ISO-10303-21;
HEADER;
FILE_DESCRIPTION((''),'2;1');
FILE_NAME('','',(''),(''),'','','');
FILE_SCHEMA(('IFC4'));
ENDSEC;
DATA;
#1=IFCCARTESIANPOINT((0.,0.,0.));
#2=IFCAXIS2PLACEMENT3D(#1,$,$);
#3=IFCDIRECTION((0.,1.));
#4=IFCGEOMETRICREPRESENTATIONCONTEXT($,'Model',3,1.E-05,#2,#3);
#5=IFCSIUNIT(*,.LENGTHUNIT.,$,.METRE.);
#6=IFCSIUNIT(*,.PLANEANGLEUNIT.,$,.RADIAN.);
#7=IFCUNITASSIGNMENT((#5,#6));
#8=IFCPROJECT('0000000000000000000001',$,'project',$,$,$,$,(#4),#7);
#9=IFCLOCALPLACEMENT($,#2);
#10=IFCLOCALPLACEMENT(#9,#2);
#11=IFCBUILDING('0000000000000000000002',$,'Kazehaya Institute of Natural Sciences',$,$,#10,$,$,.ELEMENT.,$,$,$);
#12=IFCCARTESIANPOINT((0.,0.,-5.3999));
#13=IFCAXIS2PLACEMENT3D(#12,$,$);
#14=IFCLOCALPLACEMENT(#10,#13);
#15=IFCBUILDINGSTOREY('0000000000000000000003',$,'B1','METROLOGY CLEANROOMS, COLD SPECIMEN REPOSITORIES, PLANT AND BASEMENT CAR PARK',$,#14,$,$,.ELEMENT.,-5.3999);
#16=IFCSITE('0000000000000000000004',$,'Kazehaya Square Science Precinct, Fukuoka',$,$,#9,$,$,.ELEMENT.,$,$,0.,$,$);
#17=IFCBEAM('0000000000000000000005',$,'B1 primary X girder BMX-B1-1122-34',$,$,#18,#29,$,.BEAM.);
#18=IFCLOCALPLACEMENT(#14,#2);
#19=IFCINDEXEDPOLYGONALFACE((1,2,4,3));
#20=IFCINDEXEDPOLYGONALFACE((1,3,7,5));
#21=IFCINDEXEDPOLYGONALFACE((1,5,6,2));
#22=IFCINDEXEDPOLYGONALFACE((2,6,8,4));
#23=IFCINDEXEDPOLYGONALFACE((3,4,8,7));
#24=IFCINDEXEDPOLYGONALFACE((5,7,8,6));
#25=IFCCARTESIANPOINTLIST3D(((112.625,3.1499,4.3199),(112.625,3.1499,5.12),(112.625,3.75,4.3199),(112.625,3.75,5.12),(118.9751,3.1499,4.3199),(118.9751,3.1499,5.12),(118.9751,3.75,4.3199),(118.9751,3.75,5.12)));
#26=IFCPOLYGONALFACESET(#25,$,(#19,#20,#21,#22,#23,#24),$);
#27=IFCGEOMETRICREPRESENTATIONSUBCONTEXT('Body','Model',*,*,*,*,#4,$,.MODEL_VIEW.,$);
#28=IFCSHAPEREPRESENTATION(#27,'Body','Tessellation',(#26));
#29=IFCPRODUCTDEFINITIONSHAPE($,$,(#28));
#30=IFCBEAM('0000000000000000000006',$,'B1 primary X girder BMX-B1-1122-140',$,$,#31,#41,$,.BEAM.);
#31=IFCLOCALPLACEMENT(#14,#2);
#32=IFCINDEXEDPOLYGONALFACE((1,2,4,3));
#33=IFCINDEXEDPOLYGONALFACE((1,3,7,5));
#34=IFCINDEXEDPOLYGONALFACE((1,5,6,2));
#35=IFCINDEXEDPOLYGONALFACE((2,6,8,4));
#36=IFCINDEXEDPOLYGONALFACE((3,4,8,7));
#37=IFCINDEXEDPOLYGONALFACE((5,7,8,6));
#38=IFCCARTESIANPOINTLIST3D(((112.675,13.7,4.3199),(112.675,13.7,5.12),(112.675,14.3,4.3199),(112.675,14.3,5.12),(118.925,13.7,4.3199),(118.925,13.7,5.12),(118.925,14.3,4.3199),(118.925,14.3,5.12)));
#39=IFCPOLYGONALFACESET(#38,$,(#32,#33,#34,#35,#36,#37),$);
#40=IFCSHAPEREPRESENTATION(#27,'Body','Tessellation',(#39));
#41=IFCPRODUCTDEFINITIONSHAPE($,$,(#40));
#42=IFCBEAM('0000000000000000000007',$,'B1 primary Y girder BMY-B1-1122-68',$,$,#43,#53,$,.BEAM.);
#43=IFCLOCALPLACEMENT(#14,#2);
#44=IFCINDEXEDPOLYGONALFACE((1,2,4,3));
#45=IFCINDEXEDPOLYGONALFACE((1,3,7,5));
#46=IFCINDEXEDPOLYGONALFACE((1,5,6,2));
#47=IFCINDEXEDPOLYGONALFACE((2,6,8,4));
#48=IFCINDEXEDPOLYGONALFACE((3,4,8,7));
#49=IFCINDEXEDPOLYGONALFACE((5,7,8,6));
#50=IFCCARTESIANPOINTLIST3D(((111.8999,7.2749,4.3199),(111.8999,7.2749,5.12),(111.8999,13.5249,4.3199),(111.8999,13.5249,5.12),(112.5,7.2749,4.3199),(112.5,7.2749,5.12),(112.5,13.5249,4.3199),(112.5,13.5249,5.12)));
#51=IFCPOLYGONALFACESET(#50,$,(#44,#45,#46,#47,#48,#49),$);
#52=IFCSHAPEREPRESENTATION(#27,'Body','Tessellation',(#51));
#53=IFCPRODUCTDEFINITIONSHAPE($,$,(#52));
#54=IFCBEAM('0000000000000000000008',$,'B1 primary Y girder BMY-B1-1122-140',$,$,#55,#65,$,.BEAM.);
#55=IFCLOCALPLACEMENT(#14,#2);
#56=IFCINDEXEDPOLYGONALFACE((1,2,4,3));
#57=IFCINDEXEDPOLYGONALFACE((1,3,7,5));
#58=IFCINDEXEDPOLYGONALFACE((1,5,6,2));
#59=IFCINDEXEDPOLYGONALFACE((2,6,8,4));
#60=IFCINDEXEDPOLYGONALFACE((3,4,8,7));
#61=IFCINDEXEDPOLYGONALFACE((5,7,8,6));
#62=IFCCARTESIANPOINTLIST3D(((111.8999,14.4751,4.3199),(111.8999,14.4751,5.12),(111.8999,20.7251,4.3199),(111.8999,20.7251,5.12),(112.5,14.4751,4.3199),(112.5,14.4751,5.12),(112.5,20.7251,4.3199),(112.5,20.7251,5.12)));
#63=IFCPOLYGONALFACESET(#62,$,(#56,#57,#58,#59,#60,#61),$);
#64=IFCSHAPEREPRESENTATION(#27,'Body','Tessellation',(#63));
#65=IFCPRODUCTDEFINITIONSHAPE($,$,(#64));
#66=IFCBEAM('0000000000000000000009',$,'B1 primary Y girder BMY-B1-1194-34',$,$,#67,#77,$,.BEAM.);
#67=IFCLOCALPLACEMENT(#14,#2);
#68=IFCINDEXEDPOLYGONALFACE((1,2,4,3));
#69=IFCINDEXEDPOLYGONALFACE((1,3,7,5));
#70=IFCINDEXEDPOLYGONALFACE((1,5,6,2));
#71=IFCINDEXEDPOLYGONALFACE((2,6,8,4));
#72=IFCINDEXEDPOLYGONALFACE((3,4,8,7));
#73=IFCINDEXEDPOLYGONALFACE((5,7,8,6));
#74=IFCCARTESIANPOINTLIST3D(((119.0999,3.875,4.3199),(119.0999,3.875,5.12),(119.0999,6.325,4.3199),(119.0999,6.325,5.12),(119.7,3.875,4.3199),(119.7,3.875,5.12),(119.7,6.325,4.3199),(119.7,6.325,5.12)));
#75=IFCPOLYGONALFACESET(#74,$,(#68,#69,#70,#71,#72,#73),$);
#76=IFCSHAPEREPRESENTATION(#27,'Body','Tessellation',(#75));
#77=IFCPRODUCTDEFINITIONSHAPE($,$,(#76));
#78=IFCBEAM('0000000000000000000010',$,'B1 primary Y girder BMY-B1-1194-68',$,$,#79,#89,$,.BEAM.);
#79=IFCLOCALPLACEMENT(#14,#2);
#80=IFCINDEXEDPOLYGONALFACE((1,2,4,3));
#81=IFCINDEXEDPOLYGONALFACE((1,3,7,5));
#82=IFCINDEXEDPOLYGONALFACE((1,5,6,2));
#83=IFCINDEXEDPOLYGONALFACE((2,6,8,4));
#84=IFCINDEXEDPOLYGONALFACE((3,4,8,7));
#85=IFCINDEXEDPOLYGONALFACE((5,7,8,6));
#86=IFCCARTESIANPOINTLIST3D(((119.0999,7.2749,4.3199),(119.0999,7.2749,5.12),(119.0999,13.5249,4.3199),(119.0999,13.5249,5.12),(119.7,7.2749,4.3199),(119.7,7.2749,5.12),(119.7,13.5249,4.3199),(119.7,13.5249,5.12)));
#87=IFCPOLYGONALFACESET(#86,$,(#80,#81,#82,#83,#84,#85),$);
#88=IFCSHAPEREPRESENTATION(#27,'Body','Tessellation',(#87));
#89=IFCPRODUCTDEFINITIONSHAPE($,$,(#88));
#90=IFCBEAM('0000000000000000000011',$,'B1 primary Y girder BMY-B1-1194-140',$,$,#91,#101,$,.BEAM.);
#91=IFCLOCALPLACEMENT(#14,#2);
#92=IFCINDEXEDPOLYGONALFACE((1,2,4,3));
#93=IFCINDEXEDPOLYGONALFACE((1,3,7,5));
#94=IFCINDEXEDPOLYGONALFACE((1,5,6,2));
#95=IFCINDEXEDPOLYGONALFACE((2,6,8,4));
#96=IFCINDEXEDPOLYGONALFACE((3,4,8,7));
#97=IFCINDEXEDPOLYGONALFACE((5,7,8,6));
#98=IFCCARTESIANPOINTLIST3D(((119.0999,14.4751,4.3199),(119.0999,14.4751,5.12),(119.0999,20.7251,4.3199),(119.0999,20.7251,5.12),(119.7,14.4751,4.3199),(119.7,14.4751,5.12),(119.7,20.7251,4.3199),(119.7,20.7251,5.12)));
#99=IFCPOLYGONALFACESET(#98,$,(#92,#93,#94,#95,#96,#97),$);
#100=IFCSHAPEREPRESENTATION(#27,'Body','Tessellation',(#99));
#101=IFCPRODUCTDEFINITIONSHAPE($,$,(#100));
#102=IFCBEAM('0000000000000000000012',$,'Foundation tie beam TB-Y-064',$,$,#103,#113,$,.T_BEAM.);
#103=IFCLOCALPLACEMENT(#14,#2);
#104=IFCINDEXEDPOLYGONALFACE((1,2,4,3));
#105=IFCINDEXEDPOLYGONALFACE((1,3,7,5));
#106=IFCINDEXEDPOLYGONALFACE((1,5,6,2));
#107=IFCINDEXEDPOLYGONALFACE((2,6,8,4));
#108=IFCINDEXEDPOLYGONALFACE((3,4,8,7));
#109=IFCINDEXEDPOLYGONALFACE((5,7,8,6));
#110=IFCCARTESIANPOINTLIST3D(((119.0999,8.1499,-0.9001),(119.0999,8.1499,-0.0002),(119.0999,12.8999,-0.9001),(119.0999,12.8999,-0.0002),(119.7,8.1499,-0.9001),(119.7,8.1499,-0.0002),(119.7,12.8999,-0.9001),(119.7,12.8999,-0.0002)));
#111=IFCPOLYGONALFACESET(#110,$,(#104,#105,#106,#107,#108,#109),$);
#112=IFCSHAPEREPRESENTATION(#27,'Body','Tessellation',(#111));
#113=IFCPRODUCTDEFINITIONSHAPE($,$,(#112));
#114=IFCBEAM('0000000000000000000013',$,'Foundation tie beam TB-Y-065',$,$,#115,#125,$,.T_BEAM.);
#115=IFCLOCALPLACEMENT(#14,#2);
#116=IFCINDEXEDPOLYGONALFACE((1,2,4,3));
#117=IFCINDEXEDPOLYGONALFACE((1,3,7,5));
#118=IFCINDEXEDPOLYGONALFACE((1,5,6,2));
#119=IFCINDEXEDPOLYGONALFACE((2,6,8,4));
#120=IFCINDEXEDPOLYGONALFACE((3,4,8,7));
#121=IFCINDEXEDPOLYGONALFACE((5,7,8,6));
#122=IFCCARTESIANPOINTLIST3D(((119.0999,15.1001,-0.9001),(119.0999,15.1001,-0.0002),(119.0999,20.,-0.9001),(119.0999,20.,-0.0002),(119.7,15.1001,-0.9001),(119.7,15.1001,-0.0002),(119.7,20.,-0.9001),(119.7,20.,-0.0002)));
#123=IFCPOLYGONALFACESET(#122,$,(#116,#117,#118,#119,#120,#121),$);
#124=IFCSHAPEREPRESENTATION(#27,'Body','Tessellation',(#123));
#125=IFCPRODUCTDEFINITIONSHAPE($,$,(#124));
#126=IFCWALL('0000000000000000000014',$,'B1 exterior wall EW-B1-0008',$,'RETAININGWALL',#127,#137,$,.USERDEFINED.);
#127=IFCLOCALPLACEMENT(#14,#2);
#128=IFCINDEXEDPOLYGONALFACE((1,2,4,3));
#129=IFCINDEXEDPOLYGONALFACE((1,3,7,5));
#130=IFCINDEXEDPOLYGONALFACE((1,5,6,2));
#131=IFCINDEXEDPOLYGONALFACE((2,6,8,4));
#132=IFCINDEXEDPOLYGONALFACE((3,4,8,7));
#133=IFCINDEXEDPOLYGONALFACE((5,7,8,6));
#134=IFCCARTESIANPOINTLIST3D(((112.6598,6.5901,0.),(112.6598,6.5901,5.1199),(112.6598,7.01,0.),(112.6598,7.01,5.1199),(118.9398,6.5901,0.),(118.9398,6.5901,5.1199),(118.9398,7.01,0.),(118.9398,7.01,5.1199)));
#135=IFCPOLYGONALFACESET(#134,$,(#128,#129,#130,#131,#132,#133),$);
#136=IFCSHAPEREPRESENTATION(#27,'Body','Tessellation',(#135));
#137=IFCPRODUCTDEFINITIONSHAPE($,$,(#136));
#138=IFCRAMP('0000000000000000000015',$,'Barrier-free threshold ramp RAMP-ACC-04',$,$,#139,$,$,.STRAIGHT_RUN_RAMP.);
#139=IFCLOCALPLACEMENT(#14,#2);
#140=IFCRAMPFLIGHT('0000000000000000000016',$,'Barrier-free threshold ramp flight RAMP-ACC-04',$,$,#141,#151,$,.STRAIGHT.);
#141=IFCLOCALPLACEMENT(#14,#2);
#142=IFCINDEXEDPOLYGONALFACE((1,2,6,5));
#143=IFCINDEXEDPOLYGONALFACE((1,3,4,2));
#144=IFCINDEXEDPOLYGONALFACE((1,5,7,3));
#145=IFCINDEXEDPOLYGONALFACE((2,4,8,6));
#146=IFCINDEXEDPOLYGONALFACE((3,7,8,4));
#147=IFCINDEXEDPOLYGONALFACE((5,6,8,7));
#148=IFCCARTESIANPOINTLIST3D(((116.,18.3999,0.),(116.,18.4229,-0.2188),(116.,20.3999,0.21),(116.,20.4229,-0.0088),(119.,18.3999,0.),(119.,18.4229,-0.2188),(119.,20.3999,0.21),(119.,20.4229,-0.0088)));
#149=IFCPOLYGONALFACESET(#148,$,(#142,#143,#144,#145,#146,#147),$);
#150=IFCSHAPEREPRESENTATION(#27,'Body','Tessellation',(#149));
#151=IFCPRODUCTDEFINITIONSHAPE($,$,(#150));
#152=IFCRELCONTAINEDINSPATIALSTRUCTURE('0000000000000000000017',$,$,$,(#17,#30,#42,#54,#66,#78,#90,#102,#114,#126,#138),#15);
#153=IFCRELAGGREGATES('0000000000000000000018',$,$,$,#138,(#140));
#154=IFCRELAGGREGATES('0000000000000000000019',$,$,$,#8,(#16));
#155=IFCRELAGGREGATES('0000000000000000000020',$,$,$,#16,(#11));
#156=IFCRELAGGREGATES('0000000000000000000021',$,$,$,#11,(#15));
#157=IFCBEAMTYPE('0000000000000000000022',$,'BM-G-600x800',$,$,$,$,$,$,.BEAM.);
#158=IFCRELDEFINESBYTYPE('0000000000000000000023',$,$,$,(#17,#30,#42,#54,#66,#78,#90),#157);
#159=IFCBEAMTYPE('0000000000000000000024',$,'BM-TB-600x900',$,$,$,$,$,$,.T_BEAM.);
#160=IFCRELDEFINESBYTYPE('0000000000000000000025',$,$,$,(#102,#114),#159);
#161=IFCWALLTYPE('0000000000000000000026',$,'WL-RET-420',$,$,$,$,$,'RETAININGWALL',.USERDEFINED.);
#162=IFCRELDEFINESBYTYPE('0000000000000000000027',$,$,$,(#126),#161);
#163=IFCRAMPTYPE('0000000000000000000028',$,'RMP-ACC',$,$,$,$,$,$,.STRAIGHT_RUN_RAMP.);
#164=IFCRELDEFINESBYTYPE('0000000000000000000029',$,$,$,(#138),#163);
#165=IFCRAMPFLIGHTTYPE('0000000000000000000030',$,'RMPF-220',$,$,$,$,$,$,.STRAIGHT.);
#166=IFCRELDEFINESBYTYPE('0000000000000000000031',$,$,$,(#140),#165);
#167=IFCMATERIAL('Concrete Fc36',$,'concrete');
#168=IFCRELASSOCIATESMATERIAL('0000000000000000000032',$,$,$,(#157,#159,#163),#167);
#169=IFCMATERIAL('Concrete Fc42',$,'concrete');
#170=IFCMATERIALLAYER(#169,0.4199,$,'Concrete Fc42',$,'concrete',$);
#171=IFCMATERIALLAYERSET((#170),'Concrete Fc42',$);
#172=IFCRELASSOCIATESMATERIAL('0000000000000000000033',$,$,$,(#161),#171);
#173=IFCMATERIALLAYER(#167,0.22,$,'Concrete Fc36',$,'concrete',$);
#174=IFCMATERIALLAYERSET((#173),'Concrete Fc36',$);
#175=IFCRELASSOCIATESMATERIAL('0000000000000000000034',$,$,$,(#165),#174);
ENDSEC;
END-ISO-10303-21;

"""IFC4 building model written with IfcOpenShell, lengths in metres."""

from ifc_helpers import new_model, si_unit, direction, frame, frame_2d, origin, origin_2d, place, context, subcontext, project, spatial, polyline, rectangle, outline, extrude, material, layer, layer_set, material_profile, profile_set, type_object, element, aggregate, save


model = new_model("IFC4")

# Units and contexts
model_context = context("Model", 3, precision=1e-05, world=origin(), true_north=direction((0.0, 1.0)))
body_context = subcontext(model_context, "Body", "Model", "MODEL_VIEW")
ifc_project = project(units=[si_unit("LENGTHUNIT", "METRE"), si_unit("PLANEANGLEUNIT", "RADIAN")], contexts=[model_context])

# Site, building, storey
site_placement = place(None, origin())
site = spatial("IfcSite", under=ifc_project, at=site_placement, Name="Kazehaya Square Science Precinct, Fukuoka", CompositionType="ELEMENT", RefElevation=0.0)
building_placement = place(site_placement, origin())
building = spatial("IfcBuilding", under=site, at=building_placement, Name="Kazehaya Institute of Natural Sciences", CompositionType="ELEMENT")
storey_placement = place(building_placement, frame((0.0, 0.0, -5.3999)))
storey = spatial("IfcBuildingStorey", under=building, at=storey_placement, Name="B1", Description="METROLOGY CLEANROOMS, COLD SPECIMEN REPOSITORIES, PLANT AND BASEMENT CAR PARK", CompositionType="ELEMENT", Elevation=-5.3999)

# Shared definitions
ifc_material_1 = material(Name="Concrete Fc36", Category="concrete")

# Shared definitions
ifc_material_2 = material(Name="Concrete Fc42", Category="concrete")

# Beams
ifc_material_profile_1 = material_profile(ifc_material_1, rectangle(XDim=0.6001, YDim=0.8, at=origin_2d()), Name="RC-600x800")
ifc_profile_set_1 = profile_set([ifc_material_profile_1], Name="Concrete Fc36")
beam_type_1 = type_object("IfcBeamType", Name="BM-G-600x800", PredefinedType="BEAM", material=ifc_profile_set_1)
beam_1_placement = place(storey_placement, frame((112.625, 3.45, 4.72), z_axis=(1.0, 0.0, 0.0), x_axis=(0.0, 1.0, 0.0)))
element("IfcBeam", 1, at=beam_1_placement, inside=storey, type_object=beam_type_1, Name="B1 primary X girder BMX-B1-1122-34", PredefinedType="BEAM", context=body_context, shape_type="SweptSolid", body=[
    extrude(rectangle(XDim=0.6001, YDim=0.8, at=origin_2d()), origin(), (0.0, 0.0, 1.0), 6.3501),
])
for number, where, z_axis, x_axis, name in (
    (2, (112.675, 14.0, 4.72), (1.0, 0.0, 0.0), (0.0, 1.0, 0.0), "B1 primary X girder BMX-B1-1122-140"),
    (3, (112.2, 7.2749, 4.72), (0.0, 1.0, 0.0), (-1.0, 0.0, 0.0), "B1 primary Y girder BMY-B1-1122-68"),
    (4, (112.2, 14.4751, 4.72), (0.0, 1.0, 0.0), (-1.0, 0.0, 0.0), "B1 primary Y girder BMY-B1-1122-140"),
):
    element("IfcBeam", number, at=place(storey_placement, frame(where, z_axis=z_axis, x_axis=x_axis)), inside=storey, type_object=beam_type_1, Name=name, PredefinedType="BEAM", context=body_context, shape_type="SweptSolid", body=[
        extrude(rectangle(XDim=0.6001, YDim=0.8, at=origin_2d()), origin(), (0.0, 0.0, 1.0), 6.25),
    ])
beam_2_placement = place(storey_placement, frame((119.3999, 3.875, 4.72), z_axis=(0.0, 1.0, 0.0), x_axis=(-1.0, 0.0, 0.0)))
element("IfcBeam", 5, at=beam_2_placement, inside=storey, type_object=beam_type_1, Name="B1 primary Y girder BMY-B1-1194-34", PredefinedType="BEAM", context=body_context, shape_type="SweptSolid", body=[
    extrude(rectangle(XDim=0.6001, YDim=0.8, at=origin_2d()), origin(), (0.0, 0.0, 1.0), 2.45),
])
for number, where, z_axis, x_axis, name in (
    (6, (119.3999, 7.2749, 4.72), (0.0, 1.0, 0.0), (-1.0, 0.0, 0.0), "B1 primary Y girder BMY-B1-1194-68"),
    (7, (119.3999, 14.4751, 4.72), (0.0, 1.0, 0.0), (-1.0, 0.0, 0.0), "B1 primary Y girder BMY-B1-1194-140"),
):
    element("IfcBeam", number, at=place(storey_placement, frame(where, z_axis=z_axis, x_axis=x_axis)), inside=storey, type_object=beam_type_1, Name=name, PredefinedType="BEAM", context=body_context, shape_type="SweptSolid", body=[
        extrude(rectangle(XDim=0.6001, YDim=0.8, at=origin_2d()), origin(), (0.0, 0.0, 1.0), 6.25),
    ])
ifc_material_profile_2 = material_profile(ifc_material_1, rectangle(XDim=0.6001, YDim=0.8999, at=origin_2d()), Name="RC-600x900")
ifc_profile_set_2 = profile_set([ifc_material_profile_2], Name="Concrete Fc36")
beam_type_2 = type_object("IfcBeamType", Name="BM-TB-600x900", PredefinedType="T_BEAM", material=ifc_profile_set_2)
beam_3_placement = place(storey_placement, frame((119.3999, 8.1499, -0.4502), z_axis=(0.0, 1.0, 0.0), x_axis=(-1.0, 0.0, 0.0)))
element("IfcBeam", 8, at=beam_3_placement, inside=storey, type_object=beam_type_2, Name="Foundation tie beam TB-Y-064", PredefinedType="T_BEAM", context=body_context, shape_type="SweptSolid", body=[
    extrude(rectangle(XDim=0.6001, YDim=0.8999, at=origin_2d()), origin(), (0.0, 0.0, 1.0), 4.75),
])
beam_4_placement = place(storey_placement, frame((119.3999, 15.1001, -0.4502), z_axis=(0.0, 1.0, 0.0), x_axis=(-1.0, 0.0, 0.0)))
element("IfcBeam", 9, at=beam_4_placement, inside=storey, type_object=beam_type_2, Name="Foundation tie beam TB-Y-065", PredefinedType="T_BEAM", context=body_context, shape_type="SweptSolid", body=[
    extrude(rectangle(XDim=0.6001, YDim=0.8999, at=origin_2d()), origin(), (0.0, 0.0, 1.0), 4.8999),
])

# Wall
ifc_layer_1 = layer(ifc_material_2, 0.4199, Name="Concrete Fc42", Category="concrete")
ifc_layer_set_1 = layer_set([ifc_layer_1], Name="Concrete Fc42")
wall_type = type_object("IfcWallType", Name="WL-RET-420", ElementType="RETAININGWALL", PredefinedType="USERDEFINED", material=ifc_layer_set_1)
wall_placement = place(storey_placement, frame((118.9399, 6.8, 0.0), z_axis=(0.0, 0.0, 1.0), x_axis=(-1.0, 0.0, 0.0)))
element("IfcWall", 10, at=wall_placement, inside=storey, type_object=wall_type, Name="B1 exterior wall EW-B1-0008", ObjectType="RETAININGWALL", PredefinedType="USERDEFINED", context=body_context, shape_type="SweptSolid", body=[
    extrude(rectangle(XDim=6.28, YDim=0.4199, at=frame_2d((3.1401, 0.0))), origin(), (0.0, 0.0, 1.0), 5.1199),
])

# Ramp, ramp flight
ramp_type = type_object("IfcRampType", Name="RMP-ACC", PredefinedType="STRAIGHT_RUN_RAMP", material=ifc_material_1)
ramp_placement = place(storey_placement, origin())
ramp = element("IfcRamp", 11, at=ramp_placement, inside=storey, type_object=ramp_type, Name="Barrier-free threshold ramp RAMP-ACC-04", PredefinedType="STRAIGHT_RUN_RAMP")
ifc_layer_2 = layer(ifc_material_1, 0.22, Name="Concrete Fc36", Category="concrete")
ifc_layer_set_2 = layer_set([ifc_layer_2], Name="Concrete Fc36")
ramp_flight_type = type_object("IfcRampFlightType", Name="RMPF-220", PredefinedType="STRAIGHT", material=ifc_layer_set_2)
ramp_flight_placement = place(storey_placement, frame((116.0, 18.3999, 0.0), z_axis=(0.0, -0.104407, 0.994535), x_axis=(1.0, 0.0, 0.0)))
ramp_flight = element("IfcRampFlight", 12, at=ramp_flight_placement, type_object=ramp_flight_type, Name="Barrier-free threshold ramp flight RAMP-ACC-04", PredefinedType="STRAIGHT", context=body_context, shape_type="SweptSolid", body=[
    extrude(outline(polyline([(0.0, 0.0), (3.0, 0.0), (3.0, 2.011), (0.0, 2.011), (0.0, 0.0)])), origin(), (0.0, 0.0, -1.0), 0.22),
])
aggregate(ramp, [ramp_flight])

save(model, "model.ifc")
